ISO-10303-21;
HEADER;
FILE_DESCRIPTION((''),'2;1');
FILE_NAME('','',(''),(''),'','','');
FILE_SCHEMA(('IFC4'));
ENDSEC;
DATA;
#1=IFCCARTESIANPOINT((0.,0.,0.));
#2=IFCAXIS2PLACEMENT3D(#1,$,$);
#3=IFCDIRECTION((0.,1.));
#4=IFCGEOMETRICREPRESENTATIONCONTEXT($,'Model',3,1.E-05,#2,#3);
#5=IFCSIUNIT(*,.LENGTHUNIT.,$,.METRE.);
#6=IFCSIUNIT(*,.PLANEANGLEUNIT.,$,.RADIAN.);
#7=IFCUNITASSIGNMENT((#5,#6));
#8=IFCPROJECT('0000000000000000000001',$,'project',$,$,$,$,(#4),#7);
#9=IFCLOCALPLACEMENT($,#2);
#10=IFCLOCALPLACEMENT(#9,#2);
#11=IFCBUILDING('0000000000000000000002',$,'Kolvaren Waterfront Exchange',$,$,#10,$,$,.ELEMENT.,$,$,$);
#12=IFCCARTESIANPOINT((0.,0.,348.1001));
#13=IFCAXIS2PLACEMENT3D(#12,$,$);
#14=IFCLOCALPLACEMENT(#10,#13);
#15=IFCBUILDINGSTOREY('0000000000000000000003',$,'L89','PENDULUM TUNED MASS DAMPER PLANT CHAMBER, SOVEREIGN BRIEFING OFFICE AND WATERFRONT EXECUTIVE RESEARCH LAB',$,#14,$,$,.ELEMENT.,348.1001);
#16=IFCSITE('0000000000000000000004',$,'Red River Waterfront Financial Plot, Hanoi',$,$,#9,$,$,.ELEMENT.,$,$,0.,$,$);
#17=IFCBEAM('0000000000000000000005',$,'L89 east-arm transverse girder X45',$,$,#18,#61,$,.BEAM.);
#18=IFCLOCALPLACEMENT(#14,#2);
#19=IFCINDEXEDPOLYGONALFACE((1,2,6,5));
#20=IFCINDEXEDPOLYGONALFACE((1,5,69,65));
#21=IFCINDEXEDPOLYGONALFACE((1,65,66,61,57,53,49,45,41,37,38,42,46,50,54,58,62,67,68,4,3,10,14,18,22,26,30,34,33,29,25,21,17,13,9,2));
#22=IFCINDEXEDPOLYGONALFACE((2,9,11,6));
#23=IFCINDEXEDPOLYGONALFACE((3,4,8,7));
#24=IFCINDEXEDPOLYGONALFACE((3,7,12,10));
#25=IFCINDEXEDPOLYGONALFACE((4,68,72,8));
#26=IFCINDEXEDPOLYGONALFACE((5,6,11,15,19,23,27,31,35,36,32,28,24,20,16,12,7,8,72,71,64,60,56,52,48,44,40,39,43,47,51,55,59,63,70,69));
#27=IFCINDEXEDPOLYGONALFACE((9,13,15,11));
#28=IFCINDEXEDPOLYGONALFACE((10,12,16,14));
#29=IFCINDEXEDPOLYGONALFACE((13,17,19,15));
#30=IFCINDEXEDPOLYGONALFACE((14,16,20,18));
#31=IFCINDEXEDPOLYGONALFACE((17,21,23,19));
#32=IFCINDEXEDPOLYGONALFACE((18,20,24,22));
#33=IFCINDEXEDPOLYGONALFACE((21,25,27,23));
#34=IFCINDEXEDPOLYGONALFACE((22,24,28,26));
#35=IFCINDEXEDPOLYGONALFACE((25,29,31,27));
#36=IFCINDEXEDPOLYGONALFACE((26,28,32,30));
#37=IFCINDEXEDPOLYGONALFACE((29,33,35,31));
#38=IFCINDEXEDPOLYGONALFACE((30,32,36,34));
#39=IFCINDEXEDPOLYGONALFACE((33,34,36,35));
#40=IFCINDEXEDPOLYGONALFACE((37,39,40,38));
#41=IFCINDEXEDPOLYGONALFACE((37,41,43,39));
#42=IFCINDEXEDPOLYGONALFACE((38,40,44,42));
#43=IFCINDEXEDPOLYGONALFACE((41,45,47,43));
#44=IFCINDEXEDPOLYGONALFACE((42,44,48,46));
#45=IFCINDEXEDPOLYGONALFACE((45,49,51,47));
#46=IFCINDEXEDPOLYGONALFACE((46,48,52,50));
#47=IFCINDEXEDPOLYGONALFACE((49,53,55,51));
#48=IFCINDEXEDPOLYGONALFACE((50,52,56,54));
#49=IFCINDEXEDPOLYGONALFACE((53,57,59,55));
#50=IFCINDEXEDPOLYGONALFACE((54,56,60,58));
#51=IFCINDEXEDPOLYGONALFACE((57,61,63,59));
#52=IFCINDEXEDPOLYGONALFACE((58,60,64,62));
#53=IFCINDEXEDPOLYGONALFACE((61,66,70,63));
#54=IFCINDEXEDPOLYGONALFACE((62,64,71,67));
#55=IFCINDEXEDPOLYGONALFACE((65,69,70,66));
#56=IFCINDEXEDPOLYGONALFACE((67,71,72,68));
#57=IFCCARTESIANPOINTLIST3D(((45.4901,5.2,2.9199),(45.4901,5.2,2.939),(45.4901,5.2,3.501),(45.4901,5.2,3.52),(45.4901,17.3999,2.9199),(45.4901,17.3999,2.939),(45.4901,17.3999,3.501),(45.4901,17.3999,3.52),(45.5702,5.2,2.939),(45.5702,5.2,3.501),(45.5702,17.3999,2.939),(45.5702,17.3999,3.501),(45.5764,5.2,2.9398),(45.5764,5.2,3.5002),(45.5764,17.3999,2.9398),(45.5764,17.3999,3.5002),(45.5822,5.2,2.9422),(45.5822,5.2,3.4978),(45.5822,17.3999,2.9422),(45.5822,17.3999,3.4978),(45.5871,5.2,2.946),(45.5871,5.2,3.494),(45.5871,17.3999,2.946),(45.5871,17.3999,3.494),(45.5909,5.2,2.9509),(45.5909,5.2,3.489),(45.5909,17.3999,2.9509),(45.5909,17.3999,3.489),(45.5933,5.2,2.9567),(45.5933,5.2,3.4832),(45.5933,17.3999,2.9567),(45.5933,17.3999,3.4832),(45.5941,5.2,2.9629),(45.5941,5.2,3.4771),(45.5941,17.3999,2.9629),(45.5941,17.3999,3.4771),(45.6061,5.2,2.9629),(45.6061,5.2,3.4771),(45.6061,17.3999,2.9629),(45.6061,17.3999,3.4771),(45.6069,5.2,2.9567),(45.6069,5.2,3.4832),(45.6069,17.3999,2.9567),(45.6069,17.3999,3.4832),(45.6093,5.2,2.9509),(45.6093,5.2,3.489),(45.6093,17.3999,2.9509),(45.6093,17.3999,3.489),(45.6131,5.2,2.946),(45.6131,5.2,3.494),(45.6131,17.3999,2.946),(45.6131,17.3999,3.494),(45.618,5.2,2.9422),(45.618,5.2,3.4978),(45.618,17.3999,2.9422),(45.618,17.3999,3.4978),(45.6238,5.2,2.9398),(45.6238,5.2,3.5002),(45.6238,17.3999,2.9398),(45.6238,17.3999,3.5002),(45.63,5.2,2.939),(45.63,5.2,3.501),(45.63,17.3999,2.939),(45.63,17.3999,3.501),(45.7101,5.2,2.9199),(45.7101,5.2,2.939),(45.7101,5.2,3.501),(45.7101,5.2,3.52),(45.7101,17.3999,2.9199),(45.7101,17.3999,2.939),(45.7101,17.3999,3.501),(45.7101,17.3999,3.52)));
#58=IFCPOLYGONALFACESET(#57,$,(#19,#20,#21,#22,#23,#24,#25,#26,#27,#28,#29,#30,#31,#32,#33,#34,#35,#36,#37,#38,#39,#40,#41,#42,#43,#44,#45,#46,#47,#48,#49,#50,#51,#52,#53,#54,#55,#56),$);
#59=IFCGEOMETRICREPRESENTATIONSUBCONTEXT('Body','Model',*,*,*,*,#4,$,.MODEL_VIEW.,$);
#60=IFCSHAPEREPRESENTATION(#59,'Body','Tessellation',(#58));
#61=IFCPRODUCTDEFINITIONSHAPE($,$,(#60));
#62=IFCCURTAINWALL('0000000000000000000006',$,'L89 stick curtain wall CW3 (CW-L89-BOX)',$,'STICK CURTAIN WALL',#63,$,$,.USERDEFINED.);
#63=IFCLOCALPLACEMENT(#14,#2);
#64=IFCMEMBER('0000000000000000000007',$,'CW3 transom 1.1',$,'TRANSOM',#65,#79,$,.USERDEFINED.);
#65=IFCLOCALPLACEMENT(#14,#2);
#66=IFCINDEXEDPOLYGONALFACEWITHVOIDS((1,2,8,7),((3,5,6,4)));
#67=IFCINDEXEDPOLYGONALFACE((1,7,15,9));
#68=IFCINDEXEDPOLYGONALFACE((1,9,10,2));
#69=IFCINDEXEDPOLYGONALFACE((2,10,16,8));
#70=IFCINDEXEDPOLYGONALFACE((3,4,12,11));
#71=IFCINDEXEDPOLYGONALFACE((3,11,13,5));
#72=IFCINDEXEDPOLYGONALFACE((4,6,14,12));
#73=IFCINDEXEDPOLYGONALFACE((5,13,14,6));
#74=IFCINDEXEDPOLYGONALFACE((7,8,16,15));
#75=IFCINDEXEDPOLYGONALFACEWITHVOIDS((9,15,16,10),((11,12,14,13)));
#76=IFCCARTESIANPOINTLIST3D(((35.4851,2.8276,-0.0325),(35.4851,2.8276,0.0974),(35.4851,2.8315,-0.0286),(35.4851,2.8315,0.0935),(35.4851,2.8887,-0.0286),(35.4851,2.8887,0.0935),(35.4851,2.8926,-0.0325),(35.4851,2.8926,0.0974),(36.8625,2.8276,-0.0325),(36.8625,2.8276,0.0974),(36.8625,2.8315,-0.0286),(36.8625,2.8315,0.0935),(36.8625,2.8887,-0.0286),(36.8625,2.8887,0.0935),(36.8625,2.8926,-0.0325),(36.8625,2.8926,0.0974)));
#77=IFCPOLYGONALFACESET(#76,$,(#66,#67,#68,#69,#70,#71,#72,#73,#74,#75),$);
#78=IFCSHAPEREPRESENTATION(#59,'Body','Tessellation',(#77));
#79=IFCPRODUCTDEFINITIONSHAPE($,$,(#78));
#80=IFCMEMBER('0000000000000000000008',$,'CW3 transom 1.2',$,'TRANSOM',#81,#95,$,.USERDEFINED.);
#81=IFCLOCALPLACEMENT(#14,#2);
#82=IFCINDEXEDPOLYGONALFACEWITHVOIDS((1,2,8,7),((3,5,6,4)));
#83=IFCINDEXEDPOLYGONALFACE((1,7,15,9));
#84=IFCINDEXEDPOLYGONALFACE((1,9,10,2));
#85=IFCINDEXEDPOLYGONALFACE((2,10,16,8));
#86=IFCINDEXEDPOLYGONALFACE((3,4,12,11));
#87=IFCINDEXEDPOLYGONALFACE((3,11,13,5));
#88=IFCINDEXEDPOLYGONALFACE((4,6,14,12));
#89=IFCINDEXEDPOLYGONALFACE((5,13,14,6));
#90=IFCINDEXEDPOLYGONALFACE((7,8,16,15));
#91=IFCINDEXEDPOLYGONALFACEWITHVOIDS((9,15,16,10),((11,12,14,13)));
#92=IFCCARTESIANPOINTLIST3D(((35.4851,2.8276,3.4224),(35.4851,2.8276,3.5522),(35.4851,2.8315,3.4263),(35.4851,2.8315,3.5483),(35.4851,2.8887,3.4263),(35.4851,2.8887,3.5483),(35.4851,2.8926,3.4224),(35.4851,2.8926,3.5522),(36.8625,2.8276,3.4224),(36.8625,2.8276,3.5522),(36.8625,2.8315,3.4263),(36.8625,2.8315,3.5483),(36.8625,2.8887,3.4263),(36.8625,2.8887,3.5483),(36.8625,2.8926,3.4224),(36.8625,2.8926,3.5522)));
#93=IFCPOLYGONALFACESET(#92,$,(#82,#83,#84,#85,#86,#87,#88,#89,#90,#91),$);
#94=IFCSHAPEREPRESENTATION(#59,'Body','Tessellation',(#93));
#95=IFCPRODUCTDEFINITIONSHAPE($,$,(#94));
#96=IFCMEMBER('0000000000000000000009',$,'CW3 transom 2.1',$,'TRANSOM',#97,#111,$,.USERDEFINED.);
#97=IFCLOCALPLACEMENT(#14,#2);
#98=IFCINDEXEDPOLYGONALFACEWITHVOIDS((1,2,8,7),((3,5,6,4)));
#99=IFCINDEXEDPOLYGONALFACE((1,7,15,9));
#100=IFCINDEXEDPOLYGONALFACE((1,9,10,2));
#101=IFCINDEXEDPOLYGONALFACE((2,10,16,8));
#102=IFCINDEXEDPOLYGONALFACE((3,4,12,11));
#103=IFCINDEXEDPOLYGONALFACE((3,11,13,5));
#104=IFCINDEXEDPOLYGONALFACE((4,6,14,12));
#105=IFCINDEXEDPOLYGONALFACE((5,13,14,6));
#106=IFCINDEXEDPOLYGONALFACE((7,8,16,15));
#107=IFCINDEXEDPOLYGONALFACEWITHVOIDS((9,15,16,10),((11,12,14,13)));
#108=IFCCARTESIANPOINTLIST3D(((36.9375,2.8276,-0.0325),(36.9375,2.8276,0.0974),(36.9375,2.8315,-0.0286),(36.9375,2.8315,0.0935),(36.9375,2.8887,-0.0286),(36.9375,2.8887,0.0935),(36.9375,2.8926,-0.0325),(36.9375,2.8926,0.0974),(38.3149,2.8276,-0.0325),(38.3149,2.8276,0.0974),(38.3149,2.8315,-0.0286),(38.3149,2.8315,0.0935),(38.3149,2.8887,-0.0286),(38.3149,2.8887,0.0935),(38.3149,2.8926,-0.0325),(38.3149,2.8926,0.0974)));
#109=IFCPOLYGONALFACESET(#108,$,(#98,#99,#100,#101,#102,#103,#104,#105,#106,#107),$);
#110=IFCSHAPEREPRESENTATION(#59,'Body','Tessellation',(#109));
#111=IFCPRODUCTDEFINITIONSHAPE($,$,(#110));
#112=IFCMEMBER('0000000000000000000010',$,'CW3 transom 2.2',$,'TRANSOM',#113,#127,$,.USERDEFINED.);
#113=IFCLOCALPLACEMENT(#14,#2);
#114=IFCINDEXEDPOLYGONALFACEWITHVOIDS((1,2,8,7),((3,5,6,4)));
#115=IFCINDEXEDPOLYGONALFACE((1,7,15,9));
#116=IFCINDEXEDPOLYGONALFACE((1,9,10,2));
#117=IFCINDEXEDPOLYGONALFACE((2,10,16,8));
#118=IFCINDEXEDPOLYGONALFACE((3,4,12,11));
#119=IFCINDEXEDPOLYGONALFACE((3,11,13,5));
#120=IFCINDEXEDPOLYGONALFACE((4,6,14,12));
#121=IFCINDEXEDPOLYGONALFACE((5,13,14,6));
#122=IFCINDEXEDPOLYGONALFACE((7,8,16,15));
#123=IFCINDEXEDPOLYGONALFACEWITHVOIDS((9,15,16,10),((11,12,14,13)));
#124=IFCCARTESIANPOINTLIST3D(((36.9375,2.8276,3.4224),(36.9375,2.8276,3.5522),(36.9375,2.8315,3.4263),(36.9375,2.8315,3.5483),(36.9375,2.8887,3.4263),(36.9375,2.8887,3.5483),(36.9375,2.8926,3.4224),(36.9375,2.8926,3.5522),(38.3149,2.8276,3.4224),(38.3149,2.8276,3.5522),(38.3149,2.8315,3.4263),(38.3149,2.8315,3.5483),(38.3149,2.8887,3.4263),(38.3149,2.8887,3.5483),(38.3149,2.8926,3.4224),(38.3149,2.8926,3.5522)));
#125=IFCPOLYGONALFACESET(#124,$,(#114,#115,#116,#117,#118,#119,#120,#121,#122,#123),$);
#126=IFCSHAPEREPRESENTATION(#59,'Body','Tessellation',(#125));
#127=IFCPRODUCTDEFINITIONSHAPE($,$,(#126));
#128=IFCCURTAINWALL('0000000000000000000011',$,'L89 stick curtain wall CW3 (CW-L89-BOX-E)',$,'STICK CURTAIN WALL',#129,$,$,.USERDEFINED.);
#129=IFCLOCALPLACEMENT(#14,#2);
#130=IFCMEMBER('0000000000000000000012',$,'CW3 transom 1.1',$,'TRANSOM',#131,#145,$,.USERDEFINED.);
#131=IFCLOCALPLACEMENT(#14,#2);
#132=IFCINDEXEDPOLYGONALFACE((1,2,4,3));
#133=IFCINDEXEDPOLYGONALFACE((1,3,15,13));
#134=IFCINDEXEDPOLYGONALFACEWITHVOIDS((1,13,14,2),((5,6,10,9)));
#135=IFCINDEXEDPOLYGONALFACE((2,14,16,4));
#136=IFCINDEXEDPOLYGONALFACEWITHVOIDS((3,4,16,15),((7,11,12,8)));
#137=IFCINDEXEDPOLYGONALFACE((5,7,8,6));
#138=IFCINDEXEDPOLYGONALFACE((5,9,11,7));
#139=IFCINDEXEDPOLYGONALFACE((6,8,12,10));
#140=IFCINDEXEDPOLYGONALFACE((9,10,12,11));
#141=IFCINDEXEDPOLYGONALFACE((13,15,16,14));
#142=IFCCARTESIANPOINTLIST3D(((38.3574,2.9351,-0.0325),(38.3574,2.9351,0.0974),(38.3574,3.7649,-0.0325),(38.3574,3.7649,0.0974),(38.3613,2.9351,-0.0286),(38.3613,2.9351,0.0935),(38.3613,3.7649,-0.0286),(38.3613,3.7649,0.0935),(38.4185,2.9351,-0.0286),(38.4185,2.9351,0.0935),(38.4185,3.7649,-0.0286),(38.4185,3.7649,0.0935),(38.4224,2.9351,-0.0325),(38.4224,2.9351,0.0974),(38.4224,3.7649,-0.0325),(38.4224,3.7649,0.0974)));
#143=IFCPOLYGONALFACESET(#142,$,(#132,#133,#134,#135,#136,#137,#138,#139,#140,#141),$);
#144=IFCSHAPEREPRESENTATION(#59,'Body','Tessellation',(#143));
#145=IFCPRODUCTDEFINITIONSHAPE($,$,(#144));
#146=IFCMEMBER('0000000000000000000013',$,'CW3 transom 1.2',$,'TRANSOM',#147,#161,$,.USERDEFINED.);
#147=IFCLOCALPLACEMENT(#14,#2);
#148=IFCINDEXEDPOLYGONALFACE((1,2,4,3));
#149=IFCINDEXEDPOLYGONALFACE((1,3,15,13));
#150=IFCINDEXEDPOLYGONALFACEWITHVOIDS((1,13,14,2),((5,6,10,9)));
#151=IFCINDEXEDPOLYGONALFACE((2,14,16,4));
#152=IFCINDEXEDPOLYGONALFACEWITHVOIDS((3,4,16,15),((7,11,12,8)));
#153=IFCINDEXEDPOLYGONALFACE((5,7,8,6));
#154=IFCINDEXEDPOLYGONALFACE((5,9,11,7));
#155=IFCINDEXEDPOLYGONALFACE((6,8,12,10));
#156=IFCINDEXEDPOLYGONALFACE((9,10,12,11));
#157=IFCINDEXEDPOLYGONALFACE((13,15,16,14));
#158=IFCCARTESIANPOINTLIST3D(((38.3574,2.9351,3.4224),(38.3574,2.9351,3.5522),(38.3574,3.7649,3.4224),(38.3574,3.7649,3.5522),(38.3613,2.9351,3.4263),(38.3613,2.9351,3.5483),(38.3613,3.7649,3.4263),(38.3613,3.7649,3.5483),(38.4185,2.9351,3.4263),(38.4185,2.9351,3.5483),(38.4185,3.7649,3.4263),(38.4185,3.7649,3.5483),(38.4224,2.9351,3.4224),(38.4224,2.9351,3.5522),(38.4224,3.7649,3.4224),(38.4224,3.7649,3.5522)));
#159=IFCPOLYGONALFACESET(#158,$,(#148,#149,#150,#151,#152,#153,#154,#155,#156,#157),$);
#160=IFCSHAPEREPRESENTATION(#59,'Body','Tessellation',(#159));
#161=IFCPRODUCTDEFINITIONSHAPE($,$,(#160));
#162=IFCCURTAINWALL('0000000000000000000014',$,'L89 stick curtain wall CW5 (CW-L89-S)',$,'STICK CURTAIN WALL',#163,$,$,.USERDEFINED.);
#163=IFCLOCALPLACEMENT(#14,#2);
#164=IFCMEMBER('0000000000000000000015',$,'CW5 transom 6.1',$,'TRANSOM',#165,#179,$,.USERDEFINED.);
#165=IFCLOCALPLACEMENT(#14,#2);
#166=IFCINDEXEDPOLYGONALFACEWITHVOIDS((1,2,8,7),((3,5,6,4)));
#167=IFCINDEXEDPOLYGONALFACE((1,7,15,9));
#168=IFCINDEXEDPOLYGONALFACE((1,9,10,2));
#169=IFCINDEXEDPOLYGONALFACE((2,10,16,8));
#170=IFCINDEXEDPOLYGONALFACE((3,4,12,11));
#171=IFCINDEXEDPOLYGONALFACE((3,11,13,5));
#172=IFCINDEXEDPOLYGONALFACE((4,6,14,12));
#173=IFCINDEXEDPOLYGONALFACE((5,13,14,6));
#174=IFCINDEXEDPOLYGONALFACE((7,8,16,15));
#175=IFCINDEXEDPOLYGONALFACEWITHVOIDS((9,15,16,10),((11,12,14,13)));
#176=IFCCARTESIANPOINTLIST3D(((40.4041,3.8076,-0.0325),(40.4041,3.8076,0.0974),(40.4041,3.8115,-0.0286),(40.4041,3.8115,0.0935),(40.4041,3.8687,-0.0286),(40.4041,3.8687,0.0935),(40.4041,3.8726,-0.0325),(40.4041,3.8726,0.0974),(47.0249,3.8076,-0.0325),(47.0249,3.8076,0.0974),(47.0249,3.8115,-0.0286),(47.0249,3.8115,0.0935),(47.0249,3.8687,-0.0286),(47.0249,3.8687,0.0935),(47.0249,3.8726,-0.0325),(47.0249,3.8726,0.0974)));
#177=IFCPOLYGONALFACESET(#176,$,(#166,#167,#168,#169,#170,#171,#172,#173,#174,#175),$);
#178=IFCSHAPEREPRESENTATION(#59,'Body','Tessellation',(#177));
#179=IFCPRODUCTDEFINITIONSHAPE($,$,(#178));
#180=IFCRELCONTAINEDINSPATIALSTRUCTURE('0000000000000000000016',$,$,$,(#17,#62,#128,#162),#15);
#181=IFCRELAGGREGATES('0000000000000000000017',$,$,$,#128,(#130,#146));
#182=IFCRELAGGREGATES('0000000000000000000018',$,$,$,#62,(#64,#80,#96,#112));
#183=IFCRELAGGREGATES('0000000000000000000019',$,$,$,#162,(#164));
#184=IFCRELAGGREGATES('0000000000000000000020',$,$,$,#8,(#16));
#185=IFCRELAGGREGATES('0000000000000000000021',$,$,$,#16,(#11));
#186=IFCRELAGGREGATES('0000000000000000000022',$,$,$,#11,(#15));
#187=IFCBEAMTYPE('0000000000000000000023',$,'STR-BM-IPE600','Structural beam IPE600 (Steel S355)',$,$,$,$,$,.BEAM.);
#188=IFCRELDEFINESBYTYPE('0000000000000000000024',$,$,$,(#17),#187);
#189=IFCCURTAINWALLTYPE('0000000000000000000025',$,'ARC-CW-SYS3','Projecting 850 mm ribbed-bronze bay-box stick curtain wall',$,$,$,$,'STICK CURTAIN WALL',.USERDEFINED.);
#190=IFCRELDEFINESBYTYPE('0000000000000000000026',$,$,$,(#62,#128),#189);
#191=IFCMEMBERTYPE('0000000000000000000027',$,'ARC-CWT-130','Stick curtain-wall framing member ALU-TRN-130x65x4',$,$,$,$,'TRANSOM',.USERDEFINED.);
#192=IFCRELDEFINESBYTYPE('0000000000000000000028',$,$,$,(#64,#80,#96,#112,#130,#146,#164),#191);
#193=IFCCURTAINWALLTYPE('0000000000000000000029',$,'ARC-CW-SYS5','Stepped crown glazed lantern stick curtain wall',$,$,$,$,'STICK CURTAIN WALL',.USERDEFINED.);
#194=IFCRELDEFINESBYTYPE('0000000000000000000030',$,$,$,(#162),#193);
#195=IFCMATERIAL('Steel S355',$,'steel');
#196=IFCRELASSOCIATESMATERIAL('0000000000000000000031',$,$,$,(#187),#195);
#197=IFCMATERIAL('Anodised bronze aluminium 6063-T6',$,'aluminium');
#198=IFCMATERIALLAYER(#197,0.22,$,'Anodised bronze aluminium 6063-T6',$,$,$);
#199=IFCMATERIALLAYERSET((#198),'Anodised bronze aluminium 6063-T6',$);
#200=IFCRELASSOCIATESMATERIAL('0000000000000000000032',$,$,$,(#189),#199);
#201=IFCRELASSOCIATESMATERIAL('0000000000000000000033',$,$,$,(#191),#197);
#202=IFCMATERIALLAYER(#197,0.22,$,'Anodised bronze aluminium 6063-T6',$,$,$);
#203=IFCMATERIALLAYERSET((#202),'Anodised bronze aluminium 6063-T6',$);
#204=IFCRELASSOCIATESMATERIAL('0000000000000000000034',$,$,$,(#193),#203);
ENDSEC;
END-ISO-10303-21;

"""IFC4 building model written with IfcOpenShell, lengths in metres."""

from ifc_helpers import new_model, si_unit, direction, frame, origin, origin_with_axes, origin_2d, place, context, subcontext, project, spatial, hollow_rectangle, i_section, extrude, source, transform, mapped, material, layer, layer_set, material_profile, profile_set, type_object, element, aggregate, save


model = new_model("IFC4")

# Units and contexts
model_context = context("Model", 3, precision=1e-05, world=origin(), true_north=direction((0.0, 1.0)))
body_context = subcontext(model_context, "Body", "Model", "MODEL_VIEW")
ifc_project = project(units=[si_unit("LENGTHUNIT", "METRE"), si_unit("PLANEANGLEUNIT", "RADIAN")], contexts=[model_context])

# Site, building, storey
site_placement = place(None, origin())
site = spatial("IfcSite", under=ifc_project, at=site_placement, Name="Red River Waterfront Financial Plot, Hanoi", CompositionType="ELEMENT", RefElevation=0.0)
building_placement = place(site_placement, origin())
building = spatial("IfcBuilding", under=site, at=building_placement, Name="Kolvaren Waterfront Exchange", CompositionType="ELEMENT")
storey_placement = place(building_placement, frame((0.0, 0.0, 348.1001)))
storey = spatial("IfcBuildingStorey", under=building, at=storey_placement, Name="L89", Description="PENDULUM TUNED MASS DAMPER PLANT CHAMBER, SOVEREIGN BRIEFING OFFICE AND WATERFRONT EXECUTIVE RESEARCH LAB", CompositionType="ELEMENT", Elevation=348.1001)

# Beam
ifc_material_1 = material(Name="Steel S355", Category="steel")
ifc_material_profile_1 = material_profile(ifc_material_1, i_section(OverallWidth=0.22, OverallDepth=0.6001, WebThickness=0.012, FlangeThickness=0.019, FilletRadius=0.0239, at=origin_2d()), Name="IPE600")
ifc_profile_set_1 = profile_set([ifc_material_profile_1], Name="Steel S355")
beam_type_1 = type_object("IfcBeamType", Name="STR-BM-IPE600", Description="Structural beam IPE600 (Steel S355)", PredefinedType="BEAM", material=ifc_profile_set_1)
for number, where, z_axis, x_axis, name in (
    (1, (45.6001, 5.2, 3.22), (0.0, 1.0, 0.0), (-1.0, 0.0, 0.0), "L89 east-arm transverse girder X45"),
):
    element("IfcBeam", number, at=place(storey_placement, frame(where, z_axis=z_axis, x_axis=x_axis)), inside=storey, type_object=beam_type_1, Name=name, PredefinedType="BEAM", context=body_context, shape_type="SweptSolid", body=[
        extrude(i_section(OverallWidth=0.22, OverallDepth=0.6001, WebThickness=0.012, FlangeThickness=0.019, FilletRadius=0.0239, at=origin_2d()), origin(), (0.0, 0.0, 1.0), 12.2),
    ])

# Curtain walls, members
ifc_material_2 = material(Name="Anodised bronze aluminium 6063-T6", Category="aluminium")
ifc_layer_1 = layer(ifc_material_2, 0.22, Name="Anodised bronze aluminium 6063-T6")
ifc_layer_set_1 = layer_set([ifc_layer_1], Name="Anodised bronze aluminium 6063-T6")
curtain_wall_type_1 = type_object("IfcCurtainWallType", Name="ARC-CW-SYS3", Description="Projecting 850 mm ribbed-bronze bay-box stick curtain wall", ElementType="STICK CURTAIN WALL", PredefinedType="USERDEFINED", material=ifc_layer_set_1)
curtain_wall_1_placement = place(storey_placement, origin())
curtain_wall_1 = element("IfcCurtainWall", 2, at=curtain_wall_1_placement, inside=storey, type_object=curtain_wall_type_1, Name="L89 stick curtain wall CW3 (CW-L89-BOX)", ObjectType="STICK CURTAIN WALL", PredefinedType="USERDEFINED")
ifc_material_profile_2 = material_profile(ifc_material_2, hollow_rectangle(XDim=0.0649, YDim=0.1299, WallThickness=0.0039, at=origin_2d()), Name="ALU-TRN-130x65x4")
ifc_profile_set_2 = profile_set([ifc_material_profile_2], Name="Anodised bronze aluminium 6063-T6")
member_type_1 = type_object("IfcMemberType", Name="ARC-CWT-130", Description="Stick curtain-wall framing member ALU-TRN-130x65x4", ElementType="TRANSOM", PredefinedType="USERDEFINED", material=ifc_profile_set_2)
shared_shape_1 = source(origin_with_axes(), body_context, "Body", "SweptSolid", [
    extrude(hollow_rectangle(XDim=0.0649, YDim=0.1299, WallThickness=0.0039, at=origin_2d()), origin(), (0.0, 0.0, 1.0), 1.3774),
])
member_1_placement = place(storey_placement, frame((35.4851, 2.8601, 0.0325), z_axis=(1.0, 0.0, 0.0), x_axis=(0.0, 1.0, 0.0)))
member_1 = element("IfcMember", 3, at=member_1_placement, type_object=member_type_1, Name="CW3 transom 1.1", ObjectType="TRANSOM", PredefinedType="USERDEFINED", context=body_context, shape_type="MappedRepresentation", body=[
    mapped(shared_shape_1, transform((0.0, 0.0, 0.0), x_axis=(1.0, 0.0, 0.0), y_axis=(0.0, 1.0, 0.0), z_axis=(0.0, 0.0, 1.0), scale=1.0)),
])
member_2_placement = place(storey_placement, frame((35.4851, 2.8601, 3.4873), z_axis=(1.0, 0.0, 0.0), x_axis=(0.0, 1.0, 0.0)))
member_2 = element("IfcMember", 4, at=member_2_placement, type_object=member_type_1, Name="CW3 transom 1.2", ObjectType="TRANSOM", PredefinedType="USERDEFINED", context=body_context, shape_type="MappedRepresentation", body=[
    mapped(shared_shape_1, transform((0.0, 0.0, 0.0), x_axis=(1.0, 0.0, 0.0), y_axis=(0.0, 1.0, 0.0), z_axis=(0.0, 0.0, 1.0), scale=1.0)),
])
member_3_placement = place(storey_placement, frame((36.9375, 2.8601, 0.0325), z_axis=(1.0, 0.0, 0.0), x_axis=(0.0, 1.0, 0.0)))
member_3 = element("IfcMember", 5, at=member_3_placement, type_object=member_type_1, Name="CW3 transom 2.1", ObjectType="TRANSOM", PredefinedType="USERDEFINED", context=body_context, shape_type="MappedRepresentation", body=[
    mapped(shared_shape_1, transform((0.0, 0.0, 0.0), x_axis=(1.0, 0.0, 0.0), y_axis=(0.0, 1.0, 0.0), z_axis=(0.0, 0.0, 1.0), scale=1.0)),
])
member_4_placement = place(storey_placement, frame((36.9375, 2.8601, 3.4873), z_axis=(1.0, 0.0, 0.0), x_axis=(0.0, 1.0, 0.0)))
member_4 = element("IfcMember", 6, at=member_4_placement, type_object=member_type_1, Name="CW3 transom 2.2", ObjectType="TRANSOM", PredefinedType="USERDEFINED", context=body_context, shape_type="MappedRepresentation", body=[
    mapped(shared_shape_1, transform((0.0, 0.0, 0.0), x_axis=(1.0, 0.0, 0.0), y_axis=(0.0, 1.0, 0.0), z_axis=(0.0, 0.0, 1.0), scale=1.0)),
])
curtain_wall_2_placement = place(storey_placement, origin())
curtain_wall_2 = element("IfcCurtainWall", 7, at=curtain_wall_2_placement, inside=storey, type_object=curtain_wall_type_1, Name="L89 stick curtain wall CW3 (CW-L89-BOX-E)", ObjectType="STICK CURTAIN WALL", PredefinedType="USERDEFINED")
shared_shape_2 = source(origin_with_axes(), body_context, "Body", "SweptSolid", [
    extrude(hollow_rectangle(XDim=0.0649, YDim=0.1299, WallThickness=0.0039, at=origin_2d()), origin(), (0.0, 0.0, 1.0), 0.8298),
])
member_5_placement = place(storey_placement, frame((38.3899, 2.9351, 0.0325), z_axis=(0.0, 1.0, 0.0), x_axis=(-1.0, 0.0, 0.0)))
member_5 = element("IfcMember", 8, at=member_5_placement, type_object=member_type_1, Name="CW3 transom 1.1", ObjectType="TRANSOM", PredefinedType="USERDEFINED", context=body_context, shape_type="MappedRepresentation", body=[
    mapped(shared_shape_2, transform((0.0, 0.0, 0.0), x_axis=(1.0, 0.0, 0.0), y_axis=(0.0, 1.0, 0.0), z_axis=(0.0, 0.0, 1.0), scale=1.0)),
])
member_6_placement = place(storey_placement, frame((38.3899, 2.9351, 3.4873), z_axis=(0.0, 1.0, 0.0), x_axis=(-1.0, 0.0, 0.0)))
member_6 = element("IfcMember", 9, at=member_6_placement, type_object=member_type_1, Name="CW3 transom 1.2", ObjectType="TRANSOM", PredefinedType="USERDEFINED", context=body_context, shape_type="MappedRepresentation", body=[
    mapped(shared_shape_2, transform((0.0, 0.0, 0.0), x_axis=(1.0, 0.0, 0.0), y_axis=(0.0, 1.0, 0.0), z_axis=(0.0, 0.0, 1.0), scale=1.0)),
])
ifc_layer_2 = layer(ifc_material_2, 0.22, Name="Anodised bronze aluminium 6063-T6")
ifc_layer_set_2 = layer_set([ifc_layer_2], Name="Anodised bronze aluminium 6063-T6")
curtain_wall_type_2 = type_object("IfcCurtainWallType", Name="ARC-CW-SYS5", Description="Stepped crown glazed lantern stick curtain wall", ElementType="STICK CURTAIN WALL", PredefinedType="USERDEFINED", material=ifc_layer_set_2)
curtain_wall_3_placement = place(storey_placement, origin())
curtain_wall_3 = element("IfcCurtainWall", 10, at=curtain_wall_3_placement, inside=storey, type_object=curtain_wall_type_2, Name="L89 stick curtain wall CW5 (CW-L89-S)", ObjectType="STICK CURTAIN WALL", PredefinedType="USERDEFINED")
shared_shape_3 = source(origin_with_axes(), body_context, "Body", "SweptSolid", [
    extrude(hollow_rectangle(XDim=0.0649, YDim=0.1299, WallThickness=0.0039, at=origin_2d()), origin(), (0.0, 0.0, 1.0), 6.6208),
])
member_7_placement = place(storey_placement, frame((40.4041, 3.8401, 0.0325), z_axis=(1.0, 0.0, 0.0), x_axis=(0.0, 1.0, 0.0)))
member_7 = element("IfcMember", 11, at=member_7_placement, type_object=member_type_1, Name="CW5 transom 6.1", ObjectType="TRANSOM", PredefinedType="USERDEFINED", context=body_context, shape_type="MappedRepresentation", body=[
    mapped(shared_shape_3, transform((0.0, 0.0, 0.0), x_axis=(1.0, 0.0, 0.0), y_axis=(0.0, 1.0, 0.0), z_axis=(0.0, 0.0, 1.0), scale=1.0)),
])

aggregate(curtain_wall_2, [member_5, member_6])
aggregate(curtain_wall_1, [member_1, member_2, member_3, member_4])
aggregate(curtain_wall_3, [member_7])

save(model, "model.ifc")
